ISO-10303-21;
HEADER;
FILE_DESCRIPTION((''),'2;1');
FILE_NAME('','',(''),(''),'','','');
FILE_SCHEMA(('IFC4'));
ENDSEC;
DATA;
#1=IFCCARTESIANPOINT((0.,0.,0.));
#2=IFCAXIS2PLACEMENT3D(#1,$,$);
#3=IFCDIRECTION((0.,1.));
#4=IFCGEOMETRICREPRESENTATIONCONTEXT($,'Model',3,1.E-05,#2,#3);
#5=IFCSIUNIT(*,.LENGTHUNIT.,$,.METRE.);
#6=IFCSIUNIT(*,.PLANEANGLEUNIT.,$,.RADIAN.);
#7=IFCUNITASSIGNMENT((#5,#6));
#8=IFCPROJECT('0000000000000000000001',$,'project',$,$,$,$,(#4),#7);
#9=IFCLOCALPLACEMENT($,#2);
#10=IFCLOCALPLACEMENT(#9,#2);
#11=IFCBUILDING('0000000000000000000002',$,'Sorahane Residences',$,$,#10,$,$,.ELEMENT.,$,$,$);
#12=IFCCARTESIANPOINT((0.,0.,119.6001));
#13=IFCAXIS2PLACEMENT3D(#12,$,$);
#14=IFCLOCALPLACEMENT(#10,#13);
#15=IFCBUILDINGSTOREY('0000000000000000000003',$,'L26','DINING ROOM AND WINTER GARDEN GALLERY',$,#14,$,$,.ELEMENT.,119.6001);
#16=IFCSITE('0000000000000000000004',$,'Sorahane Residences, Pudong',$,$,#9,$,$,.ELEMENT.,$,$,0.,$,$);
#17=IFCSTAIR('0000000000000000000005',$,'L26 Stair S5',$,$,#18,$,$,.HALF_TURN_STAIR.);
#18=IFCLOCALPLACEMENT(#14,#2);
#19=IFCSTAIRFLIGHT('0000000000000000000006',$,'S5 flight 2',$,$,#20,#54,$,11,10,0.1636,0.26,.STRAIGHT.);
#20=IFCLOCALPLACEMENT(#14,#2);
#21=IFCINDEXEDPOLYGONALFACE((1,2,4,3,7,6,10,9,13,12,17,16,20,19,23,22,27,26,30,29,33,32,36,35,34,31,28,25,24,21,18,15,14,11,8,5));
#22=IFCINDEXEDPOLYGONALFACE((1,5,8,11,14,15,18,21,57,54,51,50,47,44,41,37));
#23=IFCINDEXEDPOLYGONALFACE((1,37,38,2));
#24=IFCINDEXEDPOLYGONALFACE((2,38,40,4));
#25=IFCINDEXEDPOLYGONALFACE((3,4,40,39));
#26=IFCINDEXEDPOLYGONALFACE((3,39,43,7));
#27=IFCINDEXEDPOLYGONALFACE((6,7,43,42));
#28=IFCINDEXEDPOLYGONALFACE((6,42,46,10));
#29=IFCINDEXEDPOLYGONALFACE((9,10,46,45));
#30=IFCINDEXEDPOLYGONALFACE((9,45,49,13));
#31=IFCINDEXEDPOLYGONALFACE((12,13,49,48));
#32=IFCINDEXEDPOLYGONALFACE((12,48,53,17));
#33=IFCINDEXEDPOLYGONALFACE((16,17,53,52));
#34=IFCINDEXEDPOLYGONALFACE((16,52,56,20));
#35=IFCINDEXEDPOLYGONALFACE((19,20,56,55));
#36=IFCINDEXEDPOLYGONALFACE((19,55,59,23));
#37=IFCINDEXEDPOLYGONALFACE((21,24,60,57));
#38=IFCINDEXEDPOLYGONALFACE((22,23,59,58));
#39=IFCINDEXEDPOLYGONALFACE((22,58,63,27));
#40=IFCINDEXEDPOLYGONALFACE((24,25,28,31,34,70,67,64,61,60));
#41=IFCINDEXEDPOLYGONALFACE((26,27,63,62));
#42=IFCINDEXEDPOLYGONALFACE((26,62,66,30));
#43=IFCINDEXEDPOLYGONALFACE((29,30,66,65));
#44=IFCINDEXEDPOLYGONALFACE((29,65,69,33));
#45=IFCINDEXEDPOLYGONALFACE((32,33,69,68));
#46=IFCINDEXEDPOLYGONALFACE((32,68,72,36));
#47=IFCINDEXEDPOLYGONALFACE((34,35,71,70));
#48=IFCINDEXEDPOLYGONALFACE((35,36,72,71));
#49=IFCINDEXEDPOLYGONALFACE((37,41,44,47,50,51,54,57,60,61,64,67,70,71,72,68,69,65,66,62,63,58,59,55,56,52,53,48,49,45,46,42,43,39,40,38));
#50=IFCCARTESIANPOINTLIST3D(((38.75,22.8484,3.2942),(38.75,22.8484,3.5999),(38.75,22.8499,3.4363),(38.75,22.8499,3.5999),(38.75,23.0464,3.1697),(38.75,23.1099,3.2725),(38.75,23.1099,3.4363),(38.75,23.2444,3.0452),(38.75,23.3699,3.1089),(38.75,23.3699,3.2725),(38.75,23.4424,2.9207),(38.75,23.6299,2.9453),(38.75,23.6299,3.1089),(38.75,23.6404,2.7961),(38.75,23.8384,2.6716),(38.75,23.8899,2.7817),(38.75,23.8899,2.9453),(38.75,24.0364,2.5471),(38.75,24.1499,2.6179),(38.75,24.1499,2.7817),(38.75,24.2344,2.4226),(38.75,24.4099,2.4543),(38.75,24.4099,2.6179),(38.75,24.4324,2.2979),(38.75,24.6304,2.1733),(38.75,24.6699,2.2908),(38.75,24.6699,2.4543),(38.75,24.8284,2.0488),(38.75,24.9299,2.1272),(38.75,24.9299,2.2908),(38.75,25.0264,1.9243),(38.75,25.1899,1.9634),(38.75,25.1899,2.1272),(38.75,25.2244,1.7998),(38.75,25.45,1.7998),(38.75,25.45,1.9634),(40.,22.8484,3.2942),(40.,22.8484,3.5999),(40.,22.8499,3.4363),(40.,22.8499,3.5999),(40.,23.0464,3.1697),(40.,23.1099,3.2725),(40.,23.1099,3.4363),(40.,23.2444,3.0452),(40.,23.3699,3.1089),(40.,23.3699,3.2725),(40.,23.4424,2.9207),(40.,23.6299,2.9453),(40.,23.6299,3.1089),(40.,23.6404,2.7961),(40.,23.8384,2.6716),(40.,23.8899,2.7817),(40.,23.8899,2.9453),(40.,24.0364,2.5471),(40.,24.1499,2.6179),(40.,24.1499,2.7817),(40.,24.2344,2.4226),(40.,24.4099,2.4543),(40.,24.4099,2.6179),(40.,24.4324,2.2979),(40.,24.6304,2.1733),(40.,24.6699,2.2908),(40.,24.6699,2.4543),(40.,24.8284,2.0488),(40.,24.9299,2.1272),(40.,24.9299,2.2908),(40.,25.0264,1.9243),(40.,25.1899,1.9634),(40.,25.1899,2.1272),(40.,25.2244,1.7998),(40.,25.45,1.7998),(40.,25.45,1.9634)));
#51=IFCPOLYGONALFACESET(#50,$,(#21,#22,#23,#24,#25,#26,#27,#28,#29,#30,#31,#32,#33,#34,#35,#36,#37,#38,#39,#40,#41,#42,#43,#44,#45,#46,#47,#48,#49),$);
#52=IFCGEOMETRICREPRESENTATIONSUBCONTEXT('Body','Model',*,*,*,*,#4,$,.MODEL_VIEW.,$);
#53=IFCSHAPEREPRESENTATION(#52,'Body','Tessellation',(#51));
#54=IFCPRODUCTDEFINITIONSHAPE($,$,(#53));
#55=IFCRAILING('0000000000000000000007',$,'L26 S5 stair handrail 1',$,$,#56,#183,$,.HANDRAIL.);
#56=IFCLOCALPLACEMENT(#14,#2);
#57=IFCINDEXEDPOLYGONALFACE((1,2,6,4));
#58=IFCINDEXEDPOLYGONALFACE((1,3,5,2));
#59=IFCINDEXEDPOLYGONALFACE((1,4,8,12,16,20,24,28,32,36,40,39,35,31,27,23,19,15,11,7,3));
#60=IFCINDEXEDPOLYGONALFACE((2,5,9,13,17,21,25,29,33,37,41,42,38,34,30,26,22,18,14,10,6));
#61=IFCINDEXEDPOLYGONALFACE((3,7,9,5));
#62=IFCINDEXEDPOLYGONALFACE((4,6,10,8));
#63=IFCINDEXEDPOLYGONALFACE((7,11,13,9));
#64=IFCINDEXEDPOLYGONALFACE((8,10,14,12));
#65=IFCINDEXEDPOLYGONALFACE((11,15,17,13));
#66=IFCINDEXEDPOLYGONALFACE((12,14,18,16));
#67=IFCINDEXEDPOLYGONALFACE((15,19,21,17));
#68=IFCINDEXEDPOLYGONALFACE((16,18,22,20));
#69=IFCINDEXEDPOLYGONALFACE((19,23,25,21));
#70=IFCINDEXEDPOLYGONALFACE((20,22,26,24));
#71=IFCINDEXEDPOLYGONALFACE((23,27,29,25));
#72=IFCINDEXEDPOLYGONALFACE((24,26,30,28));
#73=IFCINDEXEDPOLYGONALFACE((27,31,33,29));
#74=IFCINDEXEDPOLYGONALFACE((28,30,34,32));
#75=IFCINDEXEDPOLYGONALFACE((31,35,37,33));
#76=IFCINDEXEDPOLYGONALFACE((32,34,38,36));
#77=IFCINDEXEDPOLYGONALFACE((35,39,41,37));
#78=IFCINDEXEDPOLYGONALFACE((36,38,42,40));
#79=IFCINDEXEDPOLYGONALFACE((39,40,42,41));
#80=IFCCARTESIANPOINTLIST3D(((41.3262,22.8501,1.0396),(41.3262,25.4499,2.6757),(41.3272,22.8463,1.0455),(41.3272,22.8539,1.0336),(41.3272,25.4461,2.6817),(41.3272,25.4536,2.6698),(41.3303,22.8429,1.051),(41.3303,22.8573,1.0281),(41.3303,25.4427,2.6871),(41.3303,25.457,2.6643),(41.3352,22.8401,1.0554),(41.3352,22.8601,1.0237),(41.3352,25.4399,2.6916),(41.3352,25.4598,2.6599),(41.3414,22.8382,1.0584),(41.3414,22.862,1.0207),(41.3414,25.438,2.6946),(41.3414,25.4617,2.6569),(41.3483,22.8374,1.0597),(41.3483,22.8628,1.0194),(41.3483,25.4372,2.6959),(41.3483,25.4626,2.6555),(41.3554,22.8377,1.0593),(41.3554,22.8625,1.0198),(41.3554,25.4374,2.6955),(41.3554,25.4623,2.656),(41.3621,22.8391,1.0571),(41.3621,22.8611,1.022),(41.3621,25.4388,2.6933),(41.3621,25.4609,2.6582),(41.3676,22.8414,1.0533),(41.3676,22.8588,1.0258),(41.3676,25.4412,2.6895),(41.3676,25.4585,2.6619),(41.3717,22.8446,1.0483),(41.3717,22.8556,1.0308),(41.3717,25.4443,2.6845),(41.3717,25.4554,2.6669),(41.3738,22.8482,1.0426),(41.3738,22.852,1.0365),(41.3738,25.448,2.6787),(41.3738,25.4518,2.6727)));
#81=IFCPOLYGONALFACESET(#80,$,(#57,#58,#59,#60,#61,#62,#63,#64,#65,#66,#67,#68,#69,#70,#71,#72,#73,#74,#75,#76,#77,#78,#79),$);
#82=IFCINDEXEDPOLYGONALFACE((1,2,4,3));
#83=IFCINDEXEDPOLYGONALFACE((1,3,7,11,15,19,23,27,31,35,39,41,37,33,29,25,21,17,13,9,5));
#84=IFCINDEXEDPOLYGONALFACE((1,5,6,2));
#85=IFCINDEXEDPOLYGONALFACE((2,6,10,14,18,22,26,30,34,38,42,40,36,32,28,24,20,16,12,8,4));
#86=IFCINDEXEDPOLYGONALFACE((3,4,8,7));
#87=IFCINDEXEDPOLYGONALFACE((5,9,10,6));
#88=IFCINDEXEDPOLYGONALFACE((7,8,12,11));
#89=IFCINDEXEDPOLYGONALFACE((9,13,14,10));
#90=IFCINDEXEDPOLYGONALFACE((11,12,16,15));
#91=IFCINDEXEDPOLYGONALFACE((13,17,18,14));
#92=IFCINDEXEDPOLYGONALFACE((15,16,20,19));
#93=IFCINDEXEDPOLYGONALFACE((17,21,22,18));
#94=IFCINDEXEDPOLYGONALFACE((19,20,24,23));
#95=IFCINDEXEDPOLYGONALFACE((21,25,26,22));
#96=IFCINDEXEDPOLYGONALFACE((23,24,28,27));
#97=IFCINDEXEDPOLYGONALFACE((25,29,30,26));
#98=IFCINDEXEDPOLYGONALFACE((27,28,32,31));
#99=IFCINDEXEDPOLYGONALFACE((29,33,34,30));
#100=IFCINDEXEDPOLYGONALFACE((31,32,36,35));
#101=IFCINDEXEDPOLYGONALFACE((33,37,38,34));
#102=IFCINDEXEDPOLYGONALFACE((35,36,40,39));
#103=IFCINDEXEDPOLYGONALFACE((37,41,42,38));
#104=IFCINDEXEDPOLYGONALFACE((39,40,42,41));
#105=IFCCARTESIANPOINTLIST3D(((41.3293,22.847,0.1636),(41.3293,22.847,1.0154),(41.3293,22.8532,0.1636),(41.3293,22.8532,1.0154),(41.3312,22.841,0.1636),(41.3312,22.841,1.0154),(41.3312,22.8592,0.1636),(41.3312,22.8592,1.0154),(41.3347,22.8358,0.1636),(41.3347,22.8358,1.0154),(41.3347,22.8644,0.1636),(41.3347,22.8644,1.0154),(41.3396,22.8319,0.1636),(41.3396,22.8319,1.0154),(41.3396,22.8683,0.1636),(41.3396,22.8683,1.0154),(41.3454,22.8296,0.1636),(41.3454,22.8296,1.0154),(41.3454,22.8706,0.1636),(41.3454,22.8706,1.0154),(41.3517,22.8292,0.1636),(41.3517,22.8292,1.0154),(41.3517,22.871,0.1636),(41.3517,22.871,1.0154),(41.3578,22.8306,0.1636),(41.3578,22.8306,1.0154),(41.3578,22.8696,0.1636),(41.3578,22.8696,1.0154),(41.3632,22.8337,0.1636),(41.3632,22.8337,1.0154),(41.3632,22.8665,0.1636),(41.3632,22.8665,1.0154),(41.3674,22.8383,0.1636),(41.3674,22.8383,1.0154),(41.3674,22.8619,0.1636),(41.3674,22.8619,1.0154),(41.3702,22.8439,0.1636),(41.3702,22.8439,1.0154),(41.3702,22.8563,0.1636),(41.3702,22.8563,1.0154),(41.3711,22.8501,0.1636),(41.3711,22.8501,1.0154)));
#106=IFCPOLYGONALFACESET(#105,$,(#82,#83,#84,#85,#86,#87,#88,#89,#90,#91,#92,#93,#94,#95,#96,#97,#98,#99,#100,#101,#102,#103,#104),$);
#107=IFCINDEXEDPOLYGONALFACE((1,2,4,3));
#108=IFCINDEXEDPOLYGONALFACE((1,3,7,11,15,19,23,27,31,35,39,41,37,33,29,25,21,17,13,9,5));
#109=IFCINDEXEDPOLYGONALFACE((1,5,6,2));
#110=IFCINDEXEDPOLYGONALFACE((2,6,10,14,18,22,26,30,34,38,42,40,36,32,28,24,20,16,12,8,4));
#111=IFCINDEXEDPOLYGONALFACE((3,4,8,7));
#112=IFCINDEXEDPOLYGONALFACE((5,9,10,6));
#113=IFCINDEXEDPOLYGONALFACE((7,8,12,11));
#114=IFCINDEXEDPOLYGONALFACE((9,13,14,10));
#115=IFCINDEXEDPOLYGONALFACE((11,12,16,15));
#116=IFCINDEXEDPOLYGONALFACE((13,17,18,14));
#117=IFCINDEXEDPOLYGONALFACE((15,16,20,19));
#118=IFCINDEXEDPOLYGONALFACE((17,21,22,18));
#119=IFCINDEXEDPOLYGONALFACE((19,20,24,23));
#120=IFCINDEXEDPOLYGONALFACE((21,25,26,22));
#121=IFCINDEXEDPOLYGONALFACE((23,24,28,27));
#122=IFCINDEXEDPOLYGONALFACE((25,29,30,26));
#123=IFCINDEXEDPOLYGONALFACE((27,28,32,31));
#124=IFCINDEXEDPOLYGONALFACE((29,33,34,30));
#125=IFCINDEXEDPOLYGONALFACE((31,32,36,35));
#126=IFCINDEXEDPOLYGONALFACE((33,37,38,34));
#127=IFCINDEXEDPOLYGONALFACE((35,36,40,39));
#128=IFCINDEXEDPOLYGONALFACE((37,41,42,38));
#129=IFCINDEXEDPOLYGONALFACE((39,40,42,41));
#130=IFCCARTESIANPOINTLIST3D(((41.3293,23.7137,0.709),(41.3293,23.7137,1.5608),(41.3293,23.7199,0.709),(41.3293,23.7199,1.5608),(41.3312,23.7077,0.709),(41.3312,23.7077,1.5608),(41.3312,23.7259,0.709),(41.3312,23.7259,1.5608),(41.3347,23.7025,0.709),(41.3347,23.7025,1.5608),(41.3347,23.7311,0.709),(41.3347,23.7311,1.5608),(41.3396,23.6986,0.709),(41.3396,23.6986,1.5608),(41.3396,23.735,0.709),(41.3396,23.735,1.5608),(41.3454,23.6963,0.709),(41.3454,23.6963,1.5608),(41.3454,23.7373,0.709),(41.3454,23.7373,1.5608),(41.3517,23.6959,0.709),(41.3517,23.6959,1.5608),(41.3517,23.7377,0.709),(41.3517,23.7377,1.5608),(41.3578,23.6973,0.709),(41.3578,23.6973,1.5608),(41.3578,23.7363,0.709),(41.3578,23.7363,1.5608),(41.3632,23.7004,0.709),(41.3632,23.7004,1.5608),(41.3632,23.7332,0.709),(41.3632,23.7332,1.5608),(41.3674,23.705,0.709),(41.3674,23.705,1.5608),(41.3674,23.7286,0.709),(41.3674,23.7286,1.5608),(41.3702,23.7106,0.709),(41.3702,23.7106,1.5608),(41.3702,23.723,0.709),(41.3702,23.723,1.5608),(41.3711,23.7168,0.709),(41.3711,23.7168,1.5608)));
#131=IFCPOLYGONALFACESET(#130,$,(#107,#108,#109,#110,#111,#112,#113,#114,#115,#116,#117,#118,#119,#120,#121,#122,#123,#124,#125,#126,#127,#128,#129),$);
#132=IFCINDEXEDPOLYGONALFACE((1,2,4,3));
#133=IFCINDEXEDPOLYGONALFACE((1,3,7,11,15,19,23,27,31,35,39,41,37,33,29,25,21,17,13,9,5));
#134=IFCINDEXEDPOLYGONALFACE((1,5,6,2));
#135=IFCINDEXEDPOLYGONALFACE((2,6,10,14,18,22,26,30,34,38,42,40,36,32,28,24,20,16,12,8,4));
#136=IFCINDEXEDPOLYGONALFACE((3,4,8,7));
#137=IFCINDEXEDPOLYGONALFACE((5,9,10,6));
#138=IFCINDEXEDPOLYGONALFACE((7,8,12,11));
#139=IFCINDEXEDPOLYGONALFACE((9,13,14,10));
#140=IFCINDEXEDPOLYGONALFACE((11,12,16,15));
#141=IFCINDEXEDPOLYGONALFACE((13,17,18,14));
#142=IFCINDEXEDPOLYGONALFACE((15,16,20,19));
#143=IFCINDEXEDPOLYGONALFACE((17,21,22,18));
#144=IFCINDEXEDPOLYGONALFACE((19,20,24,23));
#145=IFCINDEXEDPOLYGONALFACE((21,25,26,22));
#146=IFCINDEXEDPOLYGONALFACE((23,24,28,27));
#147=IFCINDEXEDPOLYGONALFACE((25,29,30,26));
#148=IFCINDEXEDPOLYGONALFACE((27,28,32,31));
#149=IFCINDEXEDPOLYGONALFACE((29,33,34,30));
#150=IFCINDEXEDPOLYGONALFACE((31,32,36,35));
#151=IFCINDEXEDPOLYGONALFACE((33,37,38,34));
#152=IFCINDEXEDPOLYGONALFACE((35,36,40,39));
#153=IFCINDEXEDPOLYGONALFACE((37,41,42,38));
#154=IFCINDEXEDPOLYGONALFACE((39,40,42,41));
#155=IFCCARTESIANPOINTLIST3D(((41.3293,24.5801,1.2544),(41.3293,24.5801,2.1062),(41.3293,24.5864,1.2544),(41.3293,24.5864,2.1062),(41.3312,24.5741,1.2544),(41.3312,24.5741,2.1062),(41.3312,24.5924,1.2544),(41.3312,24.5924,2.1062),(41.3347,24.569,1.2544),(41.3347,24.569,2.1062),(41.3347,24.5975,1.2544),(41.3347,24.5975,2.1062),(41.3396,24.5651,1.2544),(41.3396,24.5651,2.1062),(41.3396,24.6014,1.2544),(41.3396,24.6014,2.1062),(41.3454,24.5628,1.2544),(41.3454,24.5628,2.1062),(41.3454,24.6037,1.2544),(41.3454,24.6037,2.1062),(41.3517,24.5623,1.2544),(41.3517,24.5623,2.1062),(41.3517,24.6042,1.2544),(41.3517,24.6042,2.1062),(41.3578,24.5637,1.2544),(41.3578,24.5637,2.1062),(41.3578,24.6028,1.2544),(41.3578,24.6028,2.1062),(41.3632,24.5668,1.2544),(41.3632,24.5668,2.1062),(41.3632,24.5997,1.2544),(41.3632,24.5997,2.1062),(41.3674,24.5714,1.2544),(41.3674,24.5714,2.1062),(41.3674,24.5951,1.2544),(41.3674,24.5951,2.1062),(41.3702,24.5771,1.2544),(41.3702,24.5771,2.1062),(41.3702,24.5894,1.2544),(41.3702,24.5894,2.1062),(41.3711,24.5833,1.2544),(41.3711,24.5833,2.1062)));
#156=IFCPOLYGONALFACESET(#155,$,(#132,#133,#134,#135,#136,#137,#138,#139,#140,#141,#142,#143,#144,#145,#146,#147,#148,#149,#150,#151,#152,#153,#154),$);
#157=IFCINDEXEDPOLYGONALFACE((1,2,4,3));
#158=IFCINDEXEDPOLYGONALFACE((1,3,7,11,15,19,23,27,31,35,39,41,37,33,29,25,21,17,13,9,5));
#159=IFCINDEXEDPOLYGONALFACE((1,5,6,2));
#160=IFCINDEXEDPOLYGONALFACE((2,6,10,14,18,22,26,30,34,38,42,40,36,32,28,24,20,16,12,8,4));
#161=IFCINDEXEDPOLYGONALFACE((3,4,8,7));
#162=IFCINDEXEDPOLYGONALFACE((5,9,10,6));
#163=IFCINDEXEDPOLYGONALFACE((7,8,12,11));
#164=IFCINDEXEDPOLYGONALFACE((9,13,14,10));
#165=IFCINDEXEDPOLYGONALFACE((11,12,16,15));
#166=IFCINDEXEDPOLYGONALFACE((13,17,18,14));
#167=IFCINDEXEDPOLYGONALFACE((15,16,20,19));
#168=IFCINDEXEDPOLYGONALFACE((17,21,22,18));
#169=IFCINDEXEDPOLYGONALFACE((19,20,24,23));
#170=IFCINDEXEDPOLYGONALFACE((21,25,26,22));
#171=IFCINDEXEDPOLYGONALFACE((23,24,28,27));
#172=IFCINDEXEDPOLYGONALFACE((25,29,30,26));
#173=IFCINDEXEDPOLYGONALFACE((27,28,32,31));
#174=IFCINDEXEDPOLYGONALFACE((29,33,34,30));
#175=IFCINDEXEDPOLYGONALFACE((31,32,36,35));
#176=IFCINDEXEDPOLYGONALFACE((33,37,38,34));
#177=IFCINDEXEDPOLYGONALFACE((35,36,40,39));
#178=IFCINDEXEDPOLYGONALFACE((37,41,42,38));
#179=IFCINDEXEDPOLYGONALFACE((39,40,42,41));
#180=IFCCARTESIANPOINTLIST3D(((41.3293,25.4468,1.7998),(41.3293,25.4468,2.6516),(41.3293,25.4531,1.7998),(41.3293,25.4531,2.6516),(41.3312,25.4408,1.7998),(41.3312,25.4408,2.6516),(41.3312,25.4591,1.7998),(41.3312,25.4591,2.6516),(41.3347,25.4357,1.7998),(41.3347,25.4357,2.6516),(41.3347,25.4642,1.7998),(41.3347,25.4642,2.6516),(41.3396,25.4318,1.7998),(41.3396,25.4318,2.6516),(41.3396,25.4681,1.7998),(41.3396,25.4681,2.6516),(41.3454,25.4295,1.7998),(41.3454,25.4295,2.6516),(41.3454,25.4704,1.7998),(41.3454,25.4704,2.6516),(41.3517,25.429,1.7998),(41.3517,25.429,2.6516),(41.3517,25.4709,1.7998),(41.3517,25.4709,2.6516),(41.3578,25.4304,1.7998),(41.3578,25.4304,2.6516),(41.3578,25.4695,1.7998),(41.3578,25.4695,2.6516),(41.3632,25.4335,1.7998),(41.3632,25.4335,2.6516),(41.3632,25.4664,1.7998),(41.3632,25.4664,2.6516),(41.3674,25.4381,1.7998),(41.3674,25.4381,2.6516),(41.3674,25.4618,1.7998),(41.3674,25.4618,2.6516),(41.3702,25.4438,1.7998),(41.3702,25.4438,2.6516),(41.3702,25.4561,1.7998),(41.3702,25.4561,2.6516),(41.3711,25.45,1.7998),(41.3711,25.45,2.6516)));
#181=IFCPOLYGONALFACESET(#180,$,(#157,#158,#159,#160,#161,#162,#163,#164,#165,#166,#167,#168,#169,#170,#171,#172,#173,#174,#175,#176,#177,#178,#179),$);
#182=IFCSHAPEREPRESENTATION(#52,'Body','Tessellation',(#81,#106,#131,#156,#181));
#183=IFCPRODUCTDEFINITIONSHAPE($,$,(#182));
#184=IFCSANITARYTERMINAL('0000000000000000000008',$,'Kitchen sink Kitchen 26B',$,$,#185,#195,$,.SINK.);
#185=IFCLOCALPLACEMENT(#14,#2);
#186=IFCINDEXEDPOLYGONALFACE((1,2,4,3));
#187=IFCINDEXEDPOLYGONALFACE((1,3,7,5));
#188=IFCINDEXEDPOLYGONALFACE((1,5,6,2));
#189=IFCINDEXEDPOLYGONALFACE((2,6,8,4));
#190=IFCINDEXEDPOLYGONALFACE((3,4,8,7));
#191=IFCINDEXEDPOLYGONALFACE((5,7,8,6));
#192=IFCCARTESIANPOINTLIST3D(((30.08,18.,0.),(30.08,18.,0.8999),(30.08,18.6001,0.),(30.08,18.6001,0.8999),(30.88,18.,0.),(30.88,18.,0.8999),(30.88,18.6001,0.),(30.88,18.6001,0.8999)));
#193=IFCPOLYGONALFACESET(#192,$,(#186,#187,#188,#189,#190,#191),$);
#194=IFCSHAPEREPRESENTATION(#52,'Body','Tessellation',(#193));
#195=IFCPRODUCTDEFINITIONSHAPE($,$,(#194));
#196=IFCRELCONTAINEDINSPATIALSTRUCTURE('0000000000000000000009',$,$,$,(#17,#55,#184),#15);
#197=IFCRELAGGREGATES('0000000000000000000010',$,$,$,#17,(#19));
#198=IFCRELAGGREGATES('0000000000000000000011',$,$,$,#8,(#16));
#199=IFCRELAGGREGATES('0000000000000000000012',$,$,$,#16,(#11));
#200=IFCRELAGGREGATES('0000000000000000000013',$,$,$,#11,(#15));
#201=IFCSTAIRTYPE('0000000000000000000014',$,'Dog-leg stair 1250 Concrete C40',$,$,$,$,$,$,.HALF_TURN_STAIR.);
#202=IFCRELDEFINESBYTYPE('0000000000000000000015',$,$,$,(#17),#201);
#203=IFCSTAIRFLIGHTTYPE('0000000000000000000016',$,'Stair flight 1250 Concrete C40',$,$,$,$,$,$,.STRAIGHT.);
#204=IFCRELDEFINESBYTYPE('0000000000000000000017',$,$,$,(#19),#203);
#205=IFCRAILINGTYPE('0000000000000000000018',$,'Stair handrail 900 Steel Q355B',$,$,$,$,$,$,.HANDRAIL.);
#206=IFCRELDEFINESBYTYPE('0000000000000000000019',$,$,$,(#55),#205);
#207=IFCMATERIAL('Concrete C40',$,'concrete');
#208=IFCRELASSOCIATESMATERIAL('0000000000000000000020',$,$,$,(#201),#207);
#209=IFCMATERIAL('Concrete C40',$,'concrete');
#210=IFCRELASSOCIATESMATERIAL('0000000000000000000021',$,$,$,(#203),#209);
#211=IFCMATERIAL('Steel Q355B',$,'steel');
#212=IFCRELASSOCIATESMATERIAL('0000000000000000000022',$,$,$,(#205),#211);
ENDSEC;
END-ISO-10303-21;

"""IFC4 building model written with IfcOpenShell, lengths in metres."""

from ifc_helpers import new_model, si_unit, direction, frame, origin, origin_2d, place, context, subcontext, project, spatial, polyline, rectangle, circle, outline, extrude, material, type_object, element, aggregate, save


model = new_model("IFC4")

# Units and contexts
model_context = context("Model", 3, precision=1e-05, world=origin(), true_north=direction((0.0, 1.0)))
body_context = subcontext(model_context, "Body", "Model", "MODEL_VIEW")
ifc_project = project(units=[si_unit("LENGTHUNIT", "METRE"), si_unit("PLANEANGLEUNIT", "RADIAN")], contexts=[model_context])

# Site, building, storey
site_placement = place(None, origin())
site = spatial("IfcSite", under=ifc_project, at=site_placement, Name="Sorahane Residences, Pudong", CompositionType="ELEMENT", RefElevation=0.0)
building_placement = place(site_placement, origin())
building = spatial("IfcBuilding", under=site, at=building_placement, Name="Sorahane Residences", CompositionType="ELEMENT")
storey_placement = place(building_placement, frame((0.0, 0.0, 119.6001)))
storey = spatial("IfcBuildingStorey", under=building, at=storey_placement, Name="L26", Description="DINING ROOM AND WINTER GARDEN GALLERY", CompositionType="ELEMENT", Elevation=119.6001)

# Stair, stair flight
ifc_material_1 = material(Name="Concrete C40", Category="concrete")
stair_type = type_object("IfcStairType", Name="Dog-leg stair 1250 Concrete C40", PredefinedType="HALF_TURN_STAIR", material=ifc_material_1)
stair_placement = place(storey_placement, origin())
stair = element("IfcStair", 1, at=stair_placement, inside=storey, type_object=stair_type, Name="L26 Stair S5", PredefinedType="HALF_TURN_STAIR")
ifc_material_2 = material(Name="Concrete C40", Category="concrete")
stair_flight_type = type_object("IfcStairFlightType", Name="Stair flight 1250 Concrete C40", PredefinedType="STRAIGHT", material=ifc_material_2)
stair_flight_1_placement = place(storey_placement, frame((39.375, 25.45, 1.7998), z_axis=(0.0, 0.0, 1.0), x_axis=(0.0, -1.0, 0.0)))
stair_flight_1 = element("IfcStairFlight", 2, at=stair_flight_1_placement, type_object=stair_flight_type, Name="S5 flight 2", NumberOfRisers=11, NumberOfTreads=10, PredefinedType="STRAIGHT", RiserHeight=0.1636, TreadLength=0.26, context=body_context, shape_type="SweptSolid", body=[
    extrude(outline(polyline([(0.0, 0.0), (0.0, 0.1636), (0.26, 0.1636), (0.26, 0.3274), (0.52, 0.3274), (0.52, 0.491), (0.78, 0.491), (0.78, 0.6545), (1.04, 0.6545), (1.04, 0.8181), (1.3, 0.8181), (1.3, 0.9819), (1.5601, 0.9819), (1.5601, 1.1455), (1.8201, 1.1455), (1.8201, 1.3091), (2.0801, 1.3091), (2.0801, 1.4727), (2.3401, 1.4727), (2.3401, 1.6365), (2.6001, 1.6365), (2.6001, 1.8), (2.6016, 1.8), (2.6016, 1.4944), (2.4036, 1.3699), (2.2056, 1.2454), (2.0076, 1.1208), (1.8096, 0.9963), (1.6116, 0.8718), (1.4136, 0.7473), (1.2156, 0.6228), (1.0176, 0.498), (0.8196, 0.3735), (0.6216, 0.249), (0.4236, 0.1245), (0.2256, 0.0), (0.0, 0.0)])), frame((0.0, 0.625, 0.0), z_axis=(0.0, -1.0, 0.0), x_axis=(1.0, 0.0, 0.0)), (0.0, 0.0, 1.0), 1.25),
])
aggregate(stair, [stair_flight_1])

# Railing
ifc_material_3 = material(Name="Steel Q355B", Category="steel")
railing_type_1 = type_object("IfcRailingType", Name="Stair handrail 900 Steel Q355B", PredefinedType="HANDRAIL", material=ifc_material_3)
railing_1_placement = place(storey_placement, frame((41.3501, 22.8501, 0.1636)))
element("IfcRailing", 3, at=railing_1_placement, inside=storey, type_object=railing_type_1, Name="L26 S5 stair handrail 1", PredefinedType="HANDRAIL", context=body_context, shape_type="SweptSolid", body=[
    extrude(circle(Radius=0.0239, at=origin_2d()), frame((0.0, 0.0, 0.876), z_axis=(0.0, 0.846338, 0.532647), x_axis=(-1.0, 0.0, 0.0)), (0.0, 0.0, 1.0), 3.0718),
    extrude(circle(Radius=0.021, at=origin_2d()), origin(), (0.0, 0.0, 1.0), 0.8518),
    extrude(circle(Radius=0.021, at=origin_2d()), frame((0.0, 0.8667, 0.5454)), (0.0, 0.0, 1.0), 0.8518),
    extrude(circle(Radius=0.021, at=origin_2d()), frame((0.0, 1.7332, 1.0908)), (0.0, 0.0, 1.0), 0.8518),
    extrude(circle(Radius=0.021, at=origin_2d()), frame((0.0, 2.5999, 1.6362)), (0.0, 0.0, 1.0), 0.8518),
])

# Sanitary terminal
sanitary_terminal_1_placement = place(storey_placement, frame((30.48, 18.3, 0.0), z_axis=(0.0, 0.0, 1.0), x_axis=(1.0, 0.0, 0.0)))
element("IfcSanitaryTerminal", 4, at=sanitary_terminal_1_placement, inside=storey, Name="Kitchen sink Kitchen 26B", PredefinedType="SINK", context=body_context, shape_type="SweptSolid", body=[
    extrude(rectangle(XDim=0.8, YDim=0.6001, at=origin_2d()), origin(), (0.0, 0.0, 1.0), 0.8999),
])

save(model, "model.ifc")
